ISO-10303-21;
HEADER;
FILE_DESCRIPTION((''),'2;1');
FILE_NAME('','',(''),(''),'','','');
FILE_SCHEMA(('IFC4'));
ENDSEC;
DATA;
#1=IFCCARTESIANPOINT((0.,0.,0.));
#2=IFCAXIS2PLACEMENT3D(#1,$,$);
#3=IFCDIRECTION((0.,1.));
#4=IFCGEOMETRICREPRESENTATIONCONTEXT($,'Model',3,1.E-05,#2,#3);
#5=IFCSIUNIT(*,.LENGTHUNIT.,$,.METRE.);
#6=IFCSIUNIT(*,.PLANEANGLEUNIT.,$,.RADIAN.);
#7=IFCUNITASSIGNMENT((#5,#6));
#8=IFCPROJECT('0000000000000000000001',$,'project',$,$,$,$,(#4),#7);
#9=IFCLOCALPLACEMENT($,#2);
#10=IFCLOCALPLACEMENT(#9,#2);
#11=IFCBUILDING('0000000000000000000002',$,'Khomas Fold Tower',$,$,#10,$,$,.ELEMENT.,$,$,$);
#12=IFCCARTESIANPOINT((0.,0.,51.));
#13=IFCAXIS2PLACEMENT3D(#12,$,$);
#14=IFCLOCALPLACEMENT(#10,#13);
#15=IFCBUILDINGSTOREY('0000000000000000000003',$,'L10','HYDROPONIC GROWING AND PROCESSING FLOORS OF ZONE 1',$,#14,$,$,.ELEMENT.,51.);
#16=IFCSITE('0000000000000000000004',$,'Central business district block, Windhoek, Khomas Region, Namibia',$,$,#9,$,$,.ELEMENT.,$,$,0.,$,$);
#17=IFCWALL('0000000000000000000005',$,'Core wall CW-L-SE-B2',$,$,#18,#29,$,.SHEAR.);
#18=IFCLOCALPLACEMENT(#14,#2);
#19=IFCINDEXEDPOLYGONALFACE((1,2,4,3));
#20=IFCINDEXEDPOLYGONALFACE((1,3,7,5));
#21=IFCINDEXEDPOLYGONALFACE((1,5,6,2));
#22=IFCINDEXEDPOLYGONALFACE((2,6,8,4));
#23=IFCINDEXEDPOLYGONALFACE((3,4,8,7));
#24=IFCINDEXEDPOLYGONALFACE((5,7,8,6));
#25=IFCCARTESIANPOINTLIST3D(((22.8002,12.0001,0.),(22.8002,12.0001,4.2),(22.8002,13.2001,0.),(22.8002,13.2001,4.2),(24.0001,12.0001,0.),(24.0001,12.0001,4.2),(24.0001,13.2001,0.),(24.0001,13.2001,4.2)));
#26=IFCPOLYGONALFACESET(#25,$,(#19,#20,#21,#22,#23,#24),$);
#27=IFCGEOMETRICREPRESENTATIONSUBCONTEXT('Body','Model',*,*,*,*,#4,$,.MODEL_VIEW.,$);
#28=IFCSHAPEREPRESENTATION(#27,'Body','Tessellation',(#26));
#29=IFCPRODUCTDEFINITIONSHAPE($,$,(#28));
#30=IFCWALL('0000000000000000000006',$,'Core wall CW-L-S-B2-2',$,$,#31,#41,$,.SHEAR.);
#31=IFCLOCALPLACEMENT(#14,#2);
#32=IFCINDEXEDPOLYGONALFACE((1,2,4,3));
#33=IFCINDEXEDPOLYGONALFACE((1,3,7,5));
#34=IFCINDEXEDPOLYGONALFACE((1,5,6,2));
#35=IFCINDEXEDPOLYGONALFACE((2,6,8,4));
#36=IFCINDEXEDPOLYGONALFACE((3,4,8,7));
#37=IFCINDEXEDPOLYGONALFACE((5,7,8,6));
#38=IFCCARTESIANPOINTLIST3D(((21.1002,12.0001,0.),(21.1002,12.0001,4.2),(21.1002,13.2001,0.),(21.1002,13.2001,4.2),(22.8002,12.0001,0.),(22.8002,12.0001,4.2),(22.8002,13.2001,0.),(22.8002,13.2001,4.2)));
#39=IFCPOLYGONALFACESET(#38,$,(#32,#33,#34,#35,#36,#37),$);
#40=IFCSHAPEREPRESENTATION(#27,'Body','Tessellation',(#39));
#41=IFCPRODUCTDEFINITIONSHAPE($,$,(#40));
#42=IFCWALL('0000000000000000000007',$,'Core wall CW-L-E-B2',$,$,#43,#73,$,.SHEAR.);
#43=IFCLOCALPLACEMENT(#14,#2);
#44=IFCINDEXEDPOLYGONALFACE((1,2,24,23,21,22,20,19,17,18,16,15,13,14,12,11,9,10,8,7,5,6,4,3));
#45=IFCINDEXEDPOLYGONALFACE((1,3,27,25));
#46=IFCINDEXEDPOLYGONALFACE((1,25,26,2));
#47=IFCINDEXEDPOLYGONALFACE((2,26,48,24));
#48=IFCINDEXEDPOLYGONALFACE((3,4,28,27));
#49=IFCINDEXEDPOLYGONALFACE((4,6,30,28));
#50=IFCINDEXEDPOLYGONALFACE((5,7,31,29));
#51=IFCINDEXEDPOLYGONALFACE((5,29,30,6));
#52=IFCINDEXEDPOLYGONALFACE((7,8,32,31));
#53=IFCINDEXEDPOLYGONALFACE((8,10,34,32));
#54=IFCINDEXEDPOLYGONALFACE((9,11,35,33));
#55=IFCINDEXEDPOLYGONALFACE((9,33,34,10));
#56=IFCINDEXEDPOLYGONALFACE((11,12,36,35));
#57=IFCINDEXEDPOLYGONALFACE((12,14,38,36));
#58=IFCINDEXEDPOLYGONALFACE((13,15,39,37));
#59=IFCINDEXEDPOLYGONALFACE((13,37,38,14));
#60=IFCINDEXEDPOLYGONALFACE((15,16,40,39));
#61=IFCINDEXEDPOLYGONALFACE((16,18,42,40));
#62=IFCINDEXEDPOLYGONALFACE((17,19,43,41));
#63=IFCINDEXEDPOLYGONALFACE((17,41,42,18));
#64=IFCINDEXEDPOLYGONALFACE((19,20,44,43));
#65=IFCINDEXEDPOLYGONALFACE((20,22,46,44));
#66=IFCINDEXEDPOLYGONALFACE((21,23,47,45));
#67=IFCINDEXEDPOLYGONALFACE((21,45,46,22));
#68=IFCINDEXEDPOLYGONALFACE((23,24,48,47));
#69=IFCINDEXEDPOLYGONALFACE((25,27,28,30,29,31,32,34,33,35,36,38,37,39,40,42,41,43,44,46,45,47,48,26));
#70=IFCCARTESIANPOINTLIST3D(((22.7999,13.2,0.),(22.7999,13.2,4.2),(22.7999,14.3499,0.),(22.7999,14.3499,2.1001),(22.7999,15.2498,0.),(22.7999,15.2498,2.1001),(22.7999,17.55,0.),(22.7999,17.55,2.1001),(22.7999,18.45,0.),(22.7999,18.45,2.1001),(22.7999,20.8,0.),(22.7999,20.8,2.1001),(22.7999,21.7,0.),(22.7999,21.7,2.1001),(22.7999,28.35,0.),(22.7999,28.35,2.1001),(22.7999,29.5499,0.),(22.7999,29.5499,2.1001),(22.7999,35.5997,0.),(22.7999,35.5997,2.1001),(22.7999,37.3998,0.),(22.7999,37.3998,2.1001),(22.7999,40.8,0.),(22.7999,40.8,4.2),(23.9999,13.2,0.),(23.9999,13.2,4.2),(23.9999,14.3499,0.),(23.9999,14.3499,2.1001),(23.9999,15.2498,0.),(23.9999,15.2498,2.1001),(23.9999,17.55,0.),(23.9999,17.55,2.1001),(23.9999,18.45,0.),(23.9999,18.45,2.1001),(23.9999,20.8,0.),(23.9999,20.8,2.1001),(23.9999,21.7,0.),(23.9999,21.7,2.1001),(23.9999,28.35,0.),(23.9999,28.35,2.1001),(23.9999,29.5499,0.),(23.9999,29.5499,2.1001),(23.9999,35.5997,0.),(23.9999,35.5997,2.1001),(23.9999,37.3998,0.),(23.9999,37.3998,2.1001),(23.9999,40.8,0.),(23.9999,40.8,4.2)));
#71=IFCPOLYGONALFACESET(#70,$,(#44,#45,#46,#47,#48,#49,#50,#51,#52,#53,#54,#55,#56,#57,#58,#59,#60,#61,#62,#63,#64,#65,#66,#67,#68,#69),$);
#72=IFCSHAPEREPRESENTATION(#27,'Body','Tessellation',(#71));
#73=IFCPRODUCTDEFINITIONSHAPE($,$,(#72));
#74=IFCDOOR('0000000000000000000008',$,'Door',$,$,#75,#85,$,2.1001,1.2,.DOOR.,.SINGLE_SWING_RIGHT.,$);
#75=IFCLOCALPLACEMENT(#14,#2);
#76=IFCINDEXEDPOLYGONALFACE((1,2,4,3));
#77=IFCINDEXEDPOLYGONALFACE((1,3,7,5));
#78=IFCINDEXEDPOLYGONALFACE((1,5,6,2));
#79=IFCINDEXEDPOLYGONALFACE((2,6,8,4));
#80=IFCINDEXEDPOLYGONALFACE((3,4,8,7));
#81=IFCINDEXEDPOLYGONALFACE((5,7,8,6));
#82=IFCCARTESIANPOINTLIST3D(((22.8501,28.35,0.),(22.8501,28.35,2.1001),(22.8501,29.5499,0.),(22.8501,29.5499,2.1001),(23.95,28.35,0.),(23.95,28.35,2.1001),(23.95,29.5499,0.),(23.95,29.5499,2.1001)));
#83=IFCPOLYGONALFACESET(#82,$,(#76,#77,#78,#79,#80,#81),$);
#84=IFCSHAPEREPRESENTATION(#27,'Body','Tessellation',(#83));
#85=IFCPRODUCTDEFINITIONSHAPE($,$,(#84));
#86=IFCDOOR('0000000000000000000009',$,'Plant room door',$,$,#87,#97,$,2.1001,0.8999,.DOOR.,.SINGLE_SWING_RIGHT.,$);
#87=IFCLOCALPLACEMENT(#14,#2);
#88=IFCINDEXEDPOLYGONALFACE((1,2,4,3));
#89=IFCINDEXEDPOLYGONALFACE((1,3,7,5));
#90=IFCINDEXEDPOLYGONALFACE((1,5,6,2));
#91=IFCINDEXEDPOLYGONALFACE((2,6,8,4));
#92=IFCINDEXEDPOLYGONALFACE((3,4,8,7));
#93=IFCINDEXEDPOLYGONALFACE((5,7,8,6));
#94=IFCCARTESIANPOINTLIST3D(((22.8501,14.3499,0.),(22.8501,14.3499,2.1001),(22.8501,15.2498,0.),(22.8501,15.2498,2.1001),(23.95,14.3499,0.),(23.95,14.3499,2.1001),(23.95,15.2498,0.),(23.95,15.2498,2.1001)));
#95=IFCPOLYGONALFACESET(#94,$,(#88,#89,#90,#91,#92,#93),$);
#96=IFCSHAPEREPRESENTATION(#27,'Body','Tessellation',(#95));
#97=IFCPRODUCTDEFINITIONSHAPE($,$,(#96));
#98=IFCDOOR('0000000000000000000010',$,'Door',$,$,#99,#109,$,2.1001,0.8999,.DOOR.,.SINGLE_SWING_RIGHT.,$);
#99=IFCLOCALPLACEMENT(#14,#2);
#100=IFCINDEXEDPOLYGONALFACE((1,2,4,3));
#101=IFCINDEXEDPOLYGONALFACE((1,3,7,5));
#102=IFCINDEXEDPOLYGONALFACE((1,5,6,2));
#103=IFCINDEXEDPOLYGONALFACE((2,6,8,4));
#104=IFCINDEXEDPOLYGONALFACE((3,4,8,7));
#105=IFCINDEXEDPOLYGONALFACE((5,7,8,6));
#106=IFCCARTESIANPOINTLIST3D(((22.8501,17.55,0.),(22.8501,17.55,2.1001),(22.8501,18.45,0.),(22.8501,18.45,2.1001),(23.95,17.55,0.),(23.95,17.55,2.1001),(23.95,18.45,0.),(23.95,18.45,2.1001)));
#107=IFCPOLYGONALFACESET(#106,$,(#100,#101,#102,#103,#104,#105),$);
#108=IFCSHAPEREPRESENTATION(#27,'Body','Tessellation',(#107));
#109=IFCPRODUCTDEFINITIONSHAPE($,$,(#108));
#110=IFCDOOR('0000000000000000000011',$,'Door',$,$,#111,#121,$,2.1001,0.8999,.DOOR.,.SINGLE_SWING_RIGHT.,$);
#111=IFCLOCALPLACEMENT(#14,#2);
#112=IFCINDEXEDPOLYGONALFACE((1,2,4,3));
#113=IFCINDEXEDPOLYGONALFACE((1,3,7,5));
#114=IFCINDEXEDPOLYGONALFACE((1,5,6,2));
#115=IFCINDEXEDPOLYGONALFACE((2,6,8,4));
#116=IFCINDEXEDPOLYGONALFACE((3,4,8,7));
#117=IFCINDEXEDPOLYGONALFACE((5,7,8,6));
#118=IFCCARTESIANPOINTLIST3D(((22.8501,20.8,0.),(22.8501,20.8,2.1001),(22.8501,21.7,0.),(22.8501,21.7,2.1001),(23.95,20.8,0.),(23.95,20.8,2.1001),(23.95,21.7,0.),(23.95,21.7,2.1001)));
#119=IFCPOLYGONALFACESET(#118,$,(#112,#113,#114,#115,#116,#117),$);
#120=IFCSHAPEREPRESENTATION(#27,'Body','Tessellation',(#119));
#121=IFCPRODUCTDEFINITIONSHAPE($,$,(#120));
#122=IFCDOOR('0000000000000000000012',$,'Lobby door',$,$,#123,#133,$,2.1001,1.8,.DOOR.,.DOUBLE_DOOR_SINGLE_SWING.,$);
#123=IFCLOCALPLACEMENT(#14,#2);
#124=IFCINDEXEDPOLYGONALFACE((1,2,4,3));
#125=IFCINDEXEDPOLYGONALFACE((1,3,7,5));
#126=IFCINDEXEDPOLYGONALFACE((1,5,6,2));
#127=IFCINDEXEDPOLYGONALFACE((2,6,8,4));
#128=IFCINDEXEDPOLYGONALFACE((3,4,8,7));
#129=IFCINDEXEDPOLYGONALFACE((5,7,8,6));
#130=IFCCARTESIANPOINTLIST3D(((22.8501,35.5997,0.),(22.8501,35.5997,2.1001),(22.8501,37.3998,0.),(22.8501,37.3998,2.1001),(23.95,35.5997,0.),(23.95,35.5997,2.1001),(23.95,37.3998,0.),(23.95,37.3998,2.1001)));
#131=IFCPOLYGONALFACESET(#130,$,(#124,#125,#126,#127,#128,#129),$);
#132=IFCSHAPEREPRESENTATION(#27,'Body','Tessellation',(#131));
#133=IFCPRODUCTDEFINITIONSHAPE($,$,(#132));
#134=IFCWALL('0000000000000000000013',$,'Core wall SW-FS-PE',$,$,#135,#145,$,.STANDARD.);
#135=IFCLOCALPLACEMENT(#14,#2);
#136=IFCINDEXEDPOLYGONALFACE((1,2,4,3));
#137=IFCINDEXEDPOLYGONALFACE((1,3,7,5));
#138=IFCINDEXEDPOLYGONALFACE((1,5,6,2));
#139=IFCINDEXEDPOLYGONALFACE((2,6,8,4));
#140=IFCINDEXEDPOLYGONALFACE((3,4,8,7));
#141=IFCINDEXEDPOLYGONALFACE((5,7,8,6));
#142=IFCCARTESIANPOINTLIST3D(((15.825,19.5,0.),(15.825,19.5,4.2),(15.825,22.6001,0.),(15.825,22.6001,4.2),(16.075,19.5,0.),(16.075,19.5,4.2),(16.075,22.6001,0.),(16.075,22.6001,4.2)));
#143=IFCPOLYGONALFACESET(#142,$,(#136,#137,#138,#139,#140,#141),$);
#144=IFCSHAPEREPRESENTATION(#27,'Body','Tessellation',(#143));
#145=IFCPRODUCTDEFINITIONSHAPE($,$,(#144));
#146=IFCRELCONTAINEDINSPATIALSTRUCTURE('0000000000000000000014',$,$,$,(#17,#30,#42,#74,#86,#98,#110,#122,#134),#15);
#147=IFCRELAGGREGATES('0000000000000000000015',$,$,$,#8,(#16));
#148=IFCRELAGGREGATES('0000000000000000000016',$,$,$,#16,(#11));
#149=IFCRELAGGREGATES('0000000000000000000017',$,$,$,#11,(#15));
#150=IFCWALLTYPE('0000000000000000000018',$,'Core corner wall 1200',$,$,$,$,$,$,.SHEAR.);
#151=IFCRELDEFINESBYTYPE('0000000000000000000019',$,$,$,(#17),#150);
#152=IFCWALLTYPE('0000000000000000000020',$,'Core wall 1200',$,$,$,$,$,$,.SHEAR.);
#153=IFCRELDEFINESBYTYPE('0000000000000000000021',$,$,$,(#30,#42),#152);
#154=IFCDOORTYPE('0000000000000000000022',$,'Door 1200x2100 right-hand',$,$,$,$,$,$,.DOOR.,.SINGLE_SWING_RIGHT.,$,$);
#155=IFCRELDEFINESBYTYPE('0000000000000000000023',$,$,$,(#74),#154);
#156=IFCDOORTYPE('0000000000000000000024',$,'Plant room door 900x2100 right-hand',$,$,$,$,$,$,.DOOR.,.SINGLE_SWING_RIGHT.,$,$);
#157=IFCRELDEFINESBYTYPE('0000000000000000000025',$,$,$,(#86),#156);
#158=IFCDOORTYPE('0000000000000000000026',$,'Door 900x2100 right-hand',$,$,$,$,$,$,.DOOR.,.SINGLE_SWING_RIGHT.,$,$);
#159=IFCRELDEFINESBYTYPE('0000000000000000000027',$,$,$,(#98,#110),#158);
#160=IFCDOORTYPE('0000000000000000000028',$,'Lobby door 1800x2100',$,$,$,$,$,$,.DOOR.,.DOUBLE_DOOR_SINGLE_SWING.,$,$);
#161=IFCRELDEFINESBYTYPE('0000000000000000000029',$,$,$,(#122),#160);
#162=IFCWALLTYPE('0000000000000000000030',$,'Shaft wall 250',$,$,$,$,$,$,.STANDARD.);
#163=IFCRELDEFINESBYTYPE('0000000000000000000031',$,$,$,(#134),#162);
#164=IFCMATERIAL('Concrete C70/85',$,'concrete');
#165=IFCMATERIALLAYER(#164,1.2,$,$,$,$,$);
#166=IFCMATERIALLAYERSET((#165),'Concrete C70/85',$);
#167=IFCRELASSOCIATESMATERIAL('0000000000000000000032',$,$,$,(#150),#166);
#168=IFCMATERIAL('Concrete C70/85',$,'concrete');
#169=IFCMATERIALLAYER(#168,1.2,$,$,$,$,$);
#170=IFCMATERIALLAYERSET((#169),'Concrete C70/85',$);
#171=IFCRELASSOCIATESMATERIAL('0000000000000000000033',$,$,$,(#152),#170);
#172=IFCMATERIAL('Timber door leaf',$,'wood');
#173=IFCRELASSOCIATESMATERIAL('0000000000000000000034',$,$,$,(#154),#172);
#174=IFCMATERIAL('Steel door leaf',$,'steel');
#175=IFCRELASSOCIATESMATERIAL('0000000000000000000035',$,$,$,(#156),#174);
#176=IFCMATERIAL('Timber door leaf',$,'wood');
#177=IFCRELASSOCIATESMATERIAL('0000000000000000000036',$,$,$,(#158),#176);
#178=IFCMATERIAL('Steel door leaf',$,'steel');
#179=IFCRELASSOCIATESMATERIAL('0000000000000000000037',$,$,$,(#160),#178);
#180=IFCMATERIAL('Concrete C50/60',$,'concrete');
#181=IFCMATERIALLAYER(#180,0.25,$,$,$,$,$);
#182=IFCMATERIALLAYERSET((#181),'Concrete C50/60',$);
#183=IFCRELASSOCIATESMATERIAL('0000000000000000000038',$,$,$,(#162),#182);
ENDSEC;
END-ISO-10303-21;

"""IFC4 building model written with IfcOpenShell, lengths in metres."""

from ifc_helpers import new_model, si_unit, direction, frame, frame_2d, origin, place, context, subcontext, project, spatial, rectangle, extrude, source, transform, mapped, material, layer, layer_set, type_object, element, fill, save


model = new_model("IFC4")

# Units and contexts
model_context = context("Model", 3, precision=1e-05, world=origin(), true_north=direction((0.0, 1.0)))
body_context = subcontext(model_context, "Body", "Model", "MODEL_VIEW")
ifc_project = project(units=[si_unit("LENGTHUNIT", "METRE"), si_unit("PLANEANGLEUNIT", "RADIAN")], contexts=[model_context])

# Site, building, storey
site_placement = place(None, origin())
site = spatial("IfcSite", under=ifc_project, at=site_placement, Name="Central business district block, Windhoek, Khomas Region, Namibia", CompositionType="ELEMENT", RefElevation=0.0)
building_placement = place(site_placement, origin())
building = spatial("IfcBuilding", under=site, at=building_placement, Name="Khomas Fold Tower", CompositionType="ELEMENT")
storey_placement = place(building_placement, frame((0.0, 0.0, 51.0)))
storey = spatial("IfcBuildingStorey", under=building, at=storey_placement, Name="L10", Description="HYDROPONIC GROWING AND PROCESSING FLOORS OF ZONE 1", CompositionType="ELEMENT", Elevation=51.0)

# Walls
ifc_material_1 = material(Name="Concrete C70/85", Category="concrete")
ifc_layer_1 = layer(ifc_material_1, 1.2)
ifc_layer_set_1 = layer_set([ifc_layer_1], Name="Concrete C70/85")
wall_type_1 = type_object("IfcWallType", Name="Core corner wall 1200", PredefinedType="SHEAR", material=ifc_layer_set_1)
shared_shape_1 = source(origin(), body_context, "Body", "SweptSolid", [
    extrude(rectangle(XDim=1.2, YDim=1.2, at=frame_2d((0.6001, 0.0))), origin(), (0.0, 0.0, 1.0), 4.2),
])
wall_1_placement = place(storey_placement, frame((22.8, 12.6001, 0.0), z_axis=(0.0, 0.0, 1.0), x_axis=(1.0, 0.0, 0.0)))
element("IfcWall", 1, at=wall_1_placement, inside=storey, type_object=wall_type_1, Name="Core wall CW-L-SE-B2", PredefinedType="SHEAR", context=body_context, shape_type="MappedRepresentation", body=[
    mapped(shared_shape_1, transform((0.0, 0.0, 0.0))),
])
ifc_material_2 = material(Name="Concrete C70/85", Category="concrete")
ifc_layer_2 = layer(ifc_material_2, 1.2)
ifc_layer_set_2 = layer_set([ifc_layer_2], Name="Concrete C70/85")
wall_type_2 = type_object("IfcWallType", Name="Core wall 1200", PredefinedType="SHEAR", material=ifc_layer_set_2)
shared_shape_2 = source(origin(), body_context, "Body", "SweptSolid", [
    extrude(rectangle(XDim=1.7, YDim=1.2, at=frame_2d((0.8501, 0.0))), origin(), (0.0, 0.0, 1.0), 4.2),
])
wall_2_placement = place(storey_placement, frame((21.1001, 12.6001, 0.0), z_axis=(0.0, 0.0, 1.0), x_axis=(1.0, 0.0, 0.0)))
element("IfcWall", 2, at=wall_2_placement, inside=storey, type_object=wall_type_2, Name="Core wall CW-L-S-B2-2", PredefinedType="SHEAR", context=body_context, shape_type="MappedRepresentation", body=[
    mapped(shared_shape_2, transform((0.0, 0.0, 0.0))),
])

# Wall, openings, doors
shared_shape_3 = source(origin(), body_context, "Body", "SweptSolid", [
    extrude(rectangle(XDim=27.6001, YDim=1.2, at=frame_2d((13.8, 0.0))), origin(), (0.0, 0.0, 1.0), 4.2),
])
wall_3_placement = place(storey_placement, frame((23.3999, 13.2, 0.0), z_axis=(0.0, 0.0, 1.0), x_axis=(0.0, 1.0, 0.0)))
wall_3 = element("IfcWall", 3, at=wall_3_placement, inside=storey, type_object=wall_type_2, Name="Core wall CW-L-E-B2", PredefinedType="SHEAR", context=body_context, shape_type="MappedRepresentation", body=[
    mapped(shared_shape_3, transform((0.0, 0.0, 0.0))),
])
shared_shape_4 = source(origin(), body_context, "Body", "SweptSolid", [
    extrude(rectangle(XDim=1.8, YDim=2.1001, at=frame_2d((0.8999, 1.05))), frame((0.0, 0.6099, 0.0), z_axis=(0.0, -1.0, 0.0), x_axis=(1.0, 0.0, 0.0)), (0.0, 0.0, 1.0), 1.22),
])
opening_1_placement = place(wall_3_placement, frame((22.3999, 0.0, 0.0)))
opening_1 = element("IfcOpeningElement", 4, at=opening_1_placement, cuts=wall_3, PredefinedType="OPENING", context=body_context, shape_type="MappedRepresentation", body=[
    mapped(shared_shape_4, transform((0.0, 0.0, 0.0))),
])
shared_shape_5 = source(origin(), body_context, "Body", "SweptSolid", [
    extrude(rectangle(XDim=1.2, YDim=2.1001, at=frame_2d((0.6001, 1.05))), frame((0.0, 0.6099, 0.0), z_axis=(0.0, -1.0, 0.0), x_axis=(1.0, 0.0, 0.0)), (0.0, 0.0, 1.0), 1.22),
])
opening_2_placement = place(wall_3_placement, frame((15.1499, 0.0, 0.0)))
opening_2 = element("IfcOpeningElement", 5, at=opening_2_placement, cuts=wall_3, PredefinedType="OPENING", context=body_context, shape_type="MappedRepresentation", body=[
    mapped(shared_shape_5, transform((0.0, 0.0, 0.0))),
])
shared_shape_6 = source(origin(), body_context, "Body", "SweptSolid", [
    extrude(rectangle(XDim=0.8999, YDim=2.1001, at=frame_2d((0.45, 1.05))), frame((0.0, 0.6099, 0.0), z_axis=(0.0, -1.0, 0.0), x_axis=(1.0, 0.0, 0.0)), (0.0, 0.0, 1.0), 1.22),
])
opening_3_placement = place(wall_3_placement, frame((1.1499, 0.0, 0.0)))
opening_3 = element("IfcOpeningElement", 6, at=opening_3_placement, cuts=wall_3, PredefinedType="OPENING", context=body_context, shape_type="MappedRepresentation", body=[
    mapped(shared_shape_6, transform((0.0, 0.0, 0.0))),
])
opening_4_placement = place(wall_3_placement, frame((4.3501, 0.0, 0.0)))
opening_4 = element("IfcOpeningElement", 7, at=opening_4_placement, cuts=wall_3, PredefinedType="OPENING", context=body_context, shape_type="MappedRepresentation", body=[
    mapped(shared_shape_6, transform((0.0, 0.0, 0.0))),
])
opening_5_placement = place(wall_3_placement, frame((7.6001, 0.0, 0.0)))
opening_5 = element("IfcOpeningElement", 8, at=opening_5_placement, cuts=wall_3, PredefinedType="OPENING", context=body_context, shape_type="MappedRepresentation", body=[
    mapped(shared_shape_6, transform((0.0, 0.0, 0.0))),
])
ifc_material_3 = material(Name="Timber door leaf", Category="wood")
door_type_1 = type_object("IfcDoorType", Name="Door 1200x2100 right-hand", OperationType="SINGLE_SWING_RIGHT", PredefinedType="DOOR", material=ifc_material_3)
shared_shape_7 = source(origin(), body_context, "Body", "SweptSolid", [
    extrude(rectangle(XDim=1.2, YDim=2.1001, at=frame_2d((0.6001, 1.05))), frame((0.0, 0.5498, 0.0), z_axis=(0.0, -1.0, 0.0), x_axis=(1.0, 0.0, 0.0)), (0.0, 0.0, 1.0), 1.0999),
])
door_1_placement = place(opening_2_placement, origin())
door_1 = element("IfcDoor", 9, at=door_1_placement, inside=storey, type_object=door_type_1, Name="Door", OperationType="SINGLE_SWING_RIGHT", OverallHeight=2.1001, OverallWidth=1.2, PredefinedType="DOOR", context=body_context, shape_type="MappedRepresentation", body=[
    mapped(shared_shape_7, transform((0.0, 0.0, 0.0))),
])
fill(opening_2, door_1)
ifc_material_4 = material(Name="Steel door leaf", Category="steel")
door_type_2 = type_object("IfcDoorType", Name="Plant room door 900x2100 right-hand", OperationType="SINGLE_SWING_RIGHT", PredefinedType="DOOR", material=ifc_material_4)
shared_shape_8 = source(origin(), body_context, "Body", "SweptSolid", [
    extrude(rectangle(XDim=0.8999, YDim=2.1001, at=frame_2d((0.45, 1.05))), frame((0.0, 0.5498, 0.0), z_axis=(0.0, -1.0, 0.0), x_axis=(1.0, 0.0, 0.0)), (0.0, 0.0, 1.0), 1.0999),
])
door_2_placement = place(opening_3_placement, origin())
door_2 = element("IfcDoor", 10, at=door_2_placement, inside=storey, type_object=door_type_2, Name="Plant room door", OperationType="SINGLE_SWING_RIGHT", OverallHeight=2.1001, OverallWidth=0.8999, PredefinedType="DOOR", context=body_context, shape_type="MappedRepresentation", body=[
    mapped(shared_shape_8, transform((0.0, 0.0, 0.0))),
])
fill(opening_3, door_2)
ifc_material_5 = material(Name="Timber door leaf", Category="wood")
door_type_3 = type_object("IfcDoorType", Name="Door 900x2100 right-hand", OperationType="SINGLE_SWING_RIGHT", PredefinedType="DOOR", material=ifc_material_5)
door_3_placement = place(opening_4_placement, origin())
door_3 = element("IfcDoor", 11, at=door_3_placement, inside=storey, type_object=door_type_3, Name="Door", OperationType="SINGLE_SWING_RIGHT", OverallHeight=2.1001, OverallWidth=0.8999, PredefinedType="DOOR", context=body_context, shape_type="MappedRepresentation", body=[
    mapped(shared_shape_8, transform((0.0, 0.0, 0.0))),
])
fill(opening_4, door_3)
door_4_placement = place(opening_5_placement, origin())
door_4 = element("IfcDoor", 12, at=door_4_placement, inside=storey, type_object=door_type_3, Name="Door", OperationType="SINGLE_SWING_RIGHT", OverallHeight=2.1001, OverallWidth=0.8999, PredefinedType="DOOR", context=body_context, shape_type="MappedRepresentation", body=[
    mapped(shared_shape_8, transform((0.0, 0.0, 0.0))),
])
fill(opening_5, door_4)
ifc_material_6 = material(Name="Steel door leaf", Category="steel")
door_type_4 = type_object("IfcDoorType", Name="Lobby door 1800x2100", OperationType="DOUBLE_DOOR_SINGLE_SWING", PredefinedType="DOOR", material=ifc_material_6)
shared_shape_9 = source(origin(), body_context, "Body", "SweptSolid", [
    extrude(rectangle(XDim=1.8, YDim=2.1001, at=frame_2d((0.8999, 1.05))), frame((0.0, 0.5498, 0.0), z_axis=(0.0, -1.0, 0.0), x_axis=(1.0, 0.0, 0.0)), (0.0, 0.0, 1.0), 1.0999),
])
door_5_placement = place(opening_1_placement, origin())
door_5 = element("IfcDoor", 13, at=door_5_placement, inside=storey, type_object=door_type_4, Name="Lobby door", OperationType="DOUBLE_DOOR_SINGLE_SWING", OverallHeight=2.1001, OverallWidth=1.8, PredefinedType="DOOR", context=body_context, shape_type="MappedRepresentation", body=[
    mapped(shared_shape_9, transform((0.0, 0.0, 0.0))),
])
fill(opening_1, door_5)

# Wall
ifc_material_7 = material(Name="Concrete C50/60", Category="concrete")
ifc_layer_3 = layer(ifc_material_7, 0.25)
ifc_layer_set_3 = layer_set([ifc_layer_3], Name="Concrete C50/60")
wall_type_3 = type_object("IfcWallType", Name="Shaft wall 250", PredefinedType="STANDARD", material=ifc_layer_set_3)
shared_shape_10 = source(origin(), body_context, "Body", "SweptSolid", [
    extrude(rectangle(XDim=3.1001, YDim=0.25, at=frame_2d((1.55, 0.0))), origin(), (0.0, 0.0, 1.0), 4.2),
])
wall_4_placement = place(storey_placement, frame((15.95, 19.5, 0.0), z_axis=(0.0, 0.0, 1.0), x_axis=(0.0, 1.0, 0.0)))
element("IfcWall", 14, at=wall_4_placement, inside=storey, type_object=wall_type_3, Name="Core wall SW-FS-PE", PredefinedType="STANDARD", context=body_context, shape_type="MappedRepresentation", body=[
    mapped(shared_shape_10, transform((0.0, 0.0, 0.0))),
])

save(model, "model.ifc")
